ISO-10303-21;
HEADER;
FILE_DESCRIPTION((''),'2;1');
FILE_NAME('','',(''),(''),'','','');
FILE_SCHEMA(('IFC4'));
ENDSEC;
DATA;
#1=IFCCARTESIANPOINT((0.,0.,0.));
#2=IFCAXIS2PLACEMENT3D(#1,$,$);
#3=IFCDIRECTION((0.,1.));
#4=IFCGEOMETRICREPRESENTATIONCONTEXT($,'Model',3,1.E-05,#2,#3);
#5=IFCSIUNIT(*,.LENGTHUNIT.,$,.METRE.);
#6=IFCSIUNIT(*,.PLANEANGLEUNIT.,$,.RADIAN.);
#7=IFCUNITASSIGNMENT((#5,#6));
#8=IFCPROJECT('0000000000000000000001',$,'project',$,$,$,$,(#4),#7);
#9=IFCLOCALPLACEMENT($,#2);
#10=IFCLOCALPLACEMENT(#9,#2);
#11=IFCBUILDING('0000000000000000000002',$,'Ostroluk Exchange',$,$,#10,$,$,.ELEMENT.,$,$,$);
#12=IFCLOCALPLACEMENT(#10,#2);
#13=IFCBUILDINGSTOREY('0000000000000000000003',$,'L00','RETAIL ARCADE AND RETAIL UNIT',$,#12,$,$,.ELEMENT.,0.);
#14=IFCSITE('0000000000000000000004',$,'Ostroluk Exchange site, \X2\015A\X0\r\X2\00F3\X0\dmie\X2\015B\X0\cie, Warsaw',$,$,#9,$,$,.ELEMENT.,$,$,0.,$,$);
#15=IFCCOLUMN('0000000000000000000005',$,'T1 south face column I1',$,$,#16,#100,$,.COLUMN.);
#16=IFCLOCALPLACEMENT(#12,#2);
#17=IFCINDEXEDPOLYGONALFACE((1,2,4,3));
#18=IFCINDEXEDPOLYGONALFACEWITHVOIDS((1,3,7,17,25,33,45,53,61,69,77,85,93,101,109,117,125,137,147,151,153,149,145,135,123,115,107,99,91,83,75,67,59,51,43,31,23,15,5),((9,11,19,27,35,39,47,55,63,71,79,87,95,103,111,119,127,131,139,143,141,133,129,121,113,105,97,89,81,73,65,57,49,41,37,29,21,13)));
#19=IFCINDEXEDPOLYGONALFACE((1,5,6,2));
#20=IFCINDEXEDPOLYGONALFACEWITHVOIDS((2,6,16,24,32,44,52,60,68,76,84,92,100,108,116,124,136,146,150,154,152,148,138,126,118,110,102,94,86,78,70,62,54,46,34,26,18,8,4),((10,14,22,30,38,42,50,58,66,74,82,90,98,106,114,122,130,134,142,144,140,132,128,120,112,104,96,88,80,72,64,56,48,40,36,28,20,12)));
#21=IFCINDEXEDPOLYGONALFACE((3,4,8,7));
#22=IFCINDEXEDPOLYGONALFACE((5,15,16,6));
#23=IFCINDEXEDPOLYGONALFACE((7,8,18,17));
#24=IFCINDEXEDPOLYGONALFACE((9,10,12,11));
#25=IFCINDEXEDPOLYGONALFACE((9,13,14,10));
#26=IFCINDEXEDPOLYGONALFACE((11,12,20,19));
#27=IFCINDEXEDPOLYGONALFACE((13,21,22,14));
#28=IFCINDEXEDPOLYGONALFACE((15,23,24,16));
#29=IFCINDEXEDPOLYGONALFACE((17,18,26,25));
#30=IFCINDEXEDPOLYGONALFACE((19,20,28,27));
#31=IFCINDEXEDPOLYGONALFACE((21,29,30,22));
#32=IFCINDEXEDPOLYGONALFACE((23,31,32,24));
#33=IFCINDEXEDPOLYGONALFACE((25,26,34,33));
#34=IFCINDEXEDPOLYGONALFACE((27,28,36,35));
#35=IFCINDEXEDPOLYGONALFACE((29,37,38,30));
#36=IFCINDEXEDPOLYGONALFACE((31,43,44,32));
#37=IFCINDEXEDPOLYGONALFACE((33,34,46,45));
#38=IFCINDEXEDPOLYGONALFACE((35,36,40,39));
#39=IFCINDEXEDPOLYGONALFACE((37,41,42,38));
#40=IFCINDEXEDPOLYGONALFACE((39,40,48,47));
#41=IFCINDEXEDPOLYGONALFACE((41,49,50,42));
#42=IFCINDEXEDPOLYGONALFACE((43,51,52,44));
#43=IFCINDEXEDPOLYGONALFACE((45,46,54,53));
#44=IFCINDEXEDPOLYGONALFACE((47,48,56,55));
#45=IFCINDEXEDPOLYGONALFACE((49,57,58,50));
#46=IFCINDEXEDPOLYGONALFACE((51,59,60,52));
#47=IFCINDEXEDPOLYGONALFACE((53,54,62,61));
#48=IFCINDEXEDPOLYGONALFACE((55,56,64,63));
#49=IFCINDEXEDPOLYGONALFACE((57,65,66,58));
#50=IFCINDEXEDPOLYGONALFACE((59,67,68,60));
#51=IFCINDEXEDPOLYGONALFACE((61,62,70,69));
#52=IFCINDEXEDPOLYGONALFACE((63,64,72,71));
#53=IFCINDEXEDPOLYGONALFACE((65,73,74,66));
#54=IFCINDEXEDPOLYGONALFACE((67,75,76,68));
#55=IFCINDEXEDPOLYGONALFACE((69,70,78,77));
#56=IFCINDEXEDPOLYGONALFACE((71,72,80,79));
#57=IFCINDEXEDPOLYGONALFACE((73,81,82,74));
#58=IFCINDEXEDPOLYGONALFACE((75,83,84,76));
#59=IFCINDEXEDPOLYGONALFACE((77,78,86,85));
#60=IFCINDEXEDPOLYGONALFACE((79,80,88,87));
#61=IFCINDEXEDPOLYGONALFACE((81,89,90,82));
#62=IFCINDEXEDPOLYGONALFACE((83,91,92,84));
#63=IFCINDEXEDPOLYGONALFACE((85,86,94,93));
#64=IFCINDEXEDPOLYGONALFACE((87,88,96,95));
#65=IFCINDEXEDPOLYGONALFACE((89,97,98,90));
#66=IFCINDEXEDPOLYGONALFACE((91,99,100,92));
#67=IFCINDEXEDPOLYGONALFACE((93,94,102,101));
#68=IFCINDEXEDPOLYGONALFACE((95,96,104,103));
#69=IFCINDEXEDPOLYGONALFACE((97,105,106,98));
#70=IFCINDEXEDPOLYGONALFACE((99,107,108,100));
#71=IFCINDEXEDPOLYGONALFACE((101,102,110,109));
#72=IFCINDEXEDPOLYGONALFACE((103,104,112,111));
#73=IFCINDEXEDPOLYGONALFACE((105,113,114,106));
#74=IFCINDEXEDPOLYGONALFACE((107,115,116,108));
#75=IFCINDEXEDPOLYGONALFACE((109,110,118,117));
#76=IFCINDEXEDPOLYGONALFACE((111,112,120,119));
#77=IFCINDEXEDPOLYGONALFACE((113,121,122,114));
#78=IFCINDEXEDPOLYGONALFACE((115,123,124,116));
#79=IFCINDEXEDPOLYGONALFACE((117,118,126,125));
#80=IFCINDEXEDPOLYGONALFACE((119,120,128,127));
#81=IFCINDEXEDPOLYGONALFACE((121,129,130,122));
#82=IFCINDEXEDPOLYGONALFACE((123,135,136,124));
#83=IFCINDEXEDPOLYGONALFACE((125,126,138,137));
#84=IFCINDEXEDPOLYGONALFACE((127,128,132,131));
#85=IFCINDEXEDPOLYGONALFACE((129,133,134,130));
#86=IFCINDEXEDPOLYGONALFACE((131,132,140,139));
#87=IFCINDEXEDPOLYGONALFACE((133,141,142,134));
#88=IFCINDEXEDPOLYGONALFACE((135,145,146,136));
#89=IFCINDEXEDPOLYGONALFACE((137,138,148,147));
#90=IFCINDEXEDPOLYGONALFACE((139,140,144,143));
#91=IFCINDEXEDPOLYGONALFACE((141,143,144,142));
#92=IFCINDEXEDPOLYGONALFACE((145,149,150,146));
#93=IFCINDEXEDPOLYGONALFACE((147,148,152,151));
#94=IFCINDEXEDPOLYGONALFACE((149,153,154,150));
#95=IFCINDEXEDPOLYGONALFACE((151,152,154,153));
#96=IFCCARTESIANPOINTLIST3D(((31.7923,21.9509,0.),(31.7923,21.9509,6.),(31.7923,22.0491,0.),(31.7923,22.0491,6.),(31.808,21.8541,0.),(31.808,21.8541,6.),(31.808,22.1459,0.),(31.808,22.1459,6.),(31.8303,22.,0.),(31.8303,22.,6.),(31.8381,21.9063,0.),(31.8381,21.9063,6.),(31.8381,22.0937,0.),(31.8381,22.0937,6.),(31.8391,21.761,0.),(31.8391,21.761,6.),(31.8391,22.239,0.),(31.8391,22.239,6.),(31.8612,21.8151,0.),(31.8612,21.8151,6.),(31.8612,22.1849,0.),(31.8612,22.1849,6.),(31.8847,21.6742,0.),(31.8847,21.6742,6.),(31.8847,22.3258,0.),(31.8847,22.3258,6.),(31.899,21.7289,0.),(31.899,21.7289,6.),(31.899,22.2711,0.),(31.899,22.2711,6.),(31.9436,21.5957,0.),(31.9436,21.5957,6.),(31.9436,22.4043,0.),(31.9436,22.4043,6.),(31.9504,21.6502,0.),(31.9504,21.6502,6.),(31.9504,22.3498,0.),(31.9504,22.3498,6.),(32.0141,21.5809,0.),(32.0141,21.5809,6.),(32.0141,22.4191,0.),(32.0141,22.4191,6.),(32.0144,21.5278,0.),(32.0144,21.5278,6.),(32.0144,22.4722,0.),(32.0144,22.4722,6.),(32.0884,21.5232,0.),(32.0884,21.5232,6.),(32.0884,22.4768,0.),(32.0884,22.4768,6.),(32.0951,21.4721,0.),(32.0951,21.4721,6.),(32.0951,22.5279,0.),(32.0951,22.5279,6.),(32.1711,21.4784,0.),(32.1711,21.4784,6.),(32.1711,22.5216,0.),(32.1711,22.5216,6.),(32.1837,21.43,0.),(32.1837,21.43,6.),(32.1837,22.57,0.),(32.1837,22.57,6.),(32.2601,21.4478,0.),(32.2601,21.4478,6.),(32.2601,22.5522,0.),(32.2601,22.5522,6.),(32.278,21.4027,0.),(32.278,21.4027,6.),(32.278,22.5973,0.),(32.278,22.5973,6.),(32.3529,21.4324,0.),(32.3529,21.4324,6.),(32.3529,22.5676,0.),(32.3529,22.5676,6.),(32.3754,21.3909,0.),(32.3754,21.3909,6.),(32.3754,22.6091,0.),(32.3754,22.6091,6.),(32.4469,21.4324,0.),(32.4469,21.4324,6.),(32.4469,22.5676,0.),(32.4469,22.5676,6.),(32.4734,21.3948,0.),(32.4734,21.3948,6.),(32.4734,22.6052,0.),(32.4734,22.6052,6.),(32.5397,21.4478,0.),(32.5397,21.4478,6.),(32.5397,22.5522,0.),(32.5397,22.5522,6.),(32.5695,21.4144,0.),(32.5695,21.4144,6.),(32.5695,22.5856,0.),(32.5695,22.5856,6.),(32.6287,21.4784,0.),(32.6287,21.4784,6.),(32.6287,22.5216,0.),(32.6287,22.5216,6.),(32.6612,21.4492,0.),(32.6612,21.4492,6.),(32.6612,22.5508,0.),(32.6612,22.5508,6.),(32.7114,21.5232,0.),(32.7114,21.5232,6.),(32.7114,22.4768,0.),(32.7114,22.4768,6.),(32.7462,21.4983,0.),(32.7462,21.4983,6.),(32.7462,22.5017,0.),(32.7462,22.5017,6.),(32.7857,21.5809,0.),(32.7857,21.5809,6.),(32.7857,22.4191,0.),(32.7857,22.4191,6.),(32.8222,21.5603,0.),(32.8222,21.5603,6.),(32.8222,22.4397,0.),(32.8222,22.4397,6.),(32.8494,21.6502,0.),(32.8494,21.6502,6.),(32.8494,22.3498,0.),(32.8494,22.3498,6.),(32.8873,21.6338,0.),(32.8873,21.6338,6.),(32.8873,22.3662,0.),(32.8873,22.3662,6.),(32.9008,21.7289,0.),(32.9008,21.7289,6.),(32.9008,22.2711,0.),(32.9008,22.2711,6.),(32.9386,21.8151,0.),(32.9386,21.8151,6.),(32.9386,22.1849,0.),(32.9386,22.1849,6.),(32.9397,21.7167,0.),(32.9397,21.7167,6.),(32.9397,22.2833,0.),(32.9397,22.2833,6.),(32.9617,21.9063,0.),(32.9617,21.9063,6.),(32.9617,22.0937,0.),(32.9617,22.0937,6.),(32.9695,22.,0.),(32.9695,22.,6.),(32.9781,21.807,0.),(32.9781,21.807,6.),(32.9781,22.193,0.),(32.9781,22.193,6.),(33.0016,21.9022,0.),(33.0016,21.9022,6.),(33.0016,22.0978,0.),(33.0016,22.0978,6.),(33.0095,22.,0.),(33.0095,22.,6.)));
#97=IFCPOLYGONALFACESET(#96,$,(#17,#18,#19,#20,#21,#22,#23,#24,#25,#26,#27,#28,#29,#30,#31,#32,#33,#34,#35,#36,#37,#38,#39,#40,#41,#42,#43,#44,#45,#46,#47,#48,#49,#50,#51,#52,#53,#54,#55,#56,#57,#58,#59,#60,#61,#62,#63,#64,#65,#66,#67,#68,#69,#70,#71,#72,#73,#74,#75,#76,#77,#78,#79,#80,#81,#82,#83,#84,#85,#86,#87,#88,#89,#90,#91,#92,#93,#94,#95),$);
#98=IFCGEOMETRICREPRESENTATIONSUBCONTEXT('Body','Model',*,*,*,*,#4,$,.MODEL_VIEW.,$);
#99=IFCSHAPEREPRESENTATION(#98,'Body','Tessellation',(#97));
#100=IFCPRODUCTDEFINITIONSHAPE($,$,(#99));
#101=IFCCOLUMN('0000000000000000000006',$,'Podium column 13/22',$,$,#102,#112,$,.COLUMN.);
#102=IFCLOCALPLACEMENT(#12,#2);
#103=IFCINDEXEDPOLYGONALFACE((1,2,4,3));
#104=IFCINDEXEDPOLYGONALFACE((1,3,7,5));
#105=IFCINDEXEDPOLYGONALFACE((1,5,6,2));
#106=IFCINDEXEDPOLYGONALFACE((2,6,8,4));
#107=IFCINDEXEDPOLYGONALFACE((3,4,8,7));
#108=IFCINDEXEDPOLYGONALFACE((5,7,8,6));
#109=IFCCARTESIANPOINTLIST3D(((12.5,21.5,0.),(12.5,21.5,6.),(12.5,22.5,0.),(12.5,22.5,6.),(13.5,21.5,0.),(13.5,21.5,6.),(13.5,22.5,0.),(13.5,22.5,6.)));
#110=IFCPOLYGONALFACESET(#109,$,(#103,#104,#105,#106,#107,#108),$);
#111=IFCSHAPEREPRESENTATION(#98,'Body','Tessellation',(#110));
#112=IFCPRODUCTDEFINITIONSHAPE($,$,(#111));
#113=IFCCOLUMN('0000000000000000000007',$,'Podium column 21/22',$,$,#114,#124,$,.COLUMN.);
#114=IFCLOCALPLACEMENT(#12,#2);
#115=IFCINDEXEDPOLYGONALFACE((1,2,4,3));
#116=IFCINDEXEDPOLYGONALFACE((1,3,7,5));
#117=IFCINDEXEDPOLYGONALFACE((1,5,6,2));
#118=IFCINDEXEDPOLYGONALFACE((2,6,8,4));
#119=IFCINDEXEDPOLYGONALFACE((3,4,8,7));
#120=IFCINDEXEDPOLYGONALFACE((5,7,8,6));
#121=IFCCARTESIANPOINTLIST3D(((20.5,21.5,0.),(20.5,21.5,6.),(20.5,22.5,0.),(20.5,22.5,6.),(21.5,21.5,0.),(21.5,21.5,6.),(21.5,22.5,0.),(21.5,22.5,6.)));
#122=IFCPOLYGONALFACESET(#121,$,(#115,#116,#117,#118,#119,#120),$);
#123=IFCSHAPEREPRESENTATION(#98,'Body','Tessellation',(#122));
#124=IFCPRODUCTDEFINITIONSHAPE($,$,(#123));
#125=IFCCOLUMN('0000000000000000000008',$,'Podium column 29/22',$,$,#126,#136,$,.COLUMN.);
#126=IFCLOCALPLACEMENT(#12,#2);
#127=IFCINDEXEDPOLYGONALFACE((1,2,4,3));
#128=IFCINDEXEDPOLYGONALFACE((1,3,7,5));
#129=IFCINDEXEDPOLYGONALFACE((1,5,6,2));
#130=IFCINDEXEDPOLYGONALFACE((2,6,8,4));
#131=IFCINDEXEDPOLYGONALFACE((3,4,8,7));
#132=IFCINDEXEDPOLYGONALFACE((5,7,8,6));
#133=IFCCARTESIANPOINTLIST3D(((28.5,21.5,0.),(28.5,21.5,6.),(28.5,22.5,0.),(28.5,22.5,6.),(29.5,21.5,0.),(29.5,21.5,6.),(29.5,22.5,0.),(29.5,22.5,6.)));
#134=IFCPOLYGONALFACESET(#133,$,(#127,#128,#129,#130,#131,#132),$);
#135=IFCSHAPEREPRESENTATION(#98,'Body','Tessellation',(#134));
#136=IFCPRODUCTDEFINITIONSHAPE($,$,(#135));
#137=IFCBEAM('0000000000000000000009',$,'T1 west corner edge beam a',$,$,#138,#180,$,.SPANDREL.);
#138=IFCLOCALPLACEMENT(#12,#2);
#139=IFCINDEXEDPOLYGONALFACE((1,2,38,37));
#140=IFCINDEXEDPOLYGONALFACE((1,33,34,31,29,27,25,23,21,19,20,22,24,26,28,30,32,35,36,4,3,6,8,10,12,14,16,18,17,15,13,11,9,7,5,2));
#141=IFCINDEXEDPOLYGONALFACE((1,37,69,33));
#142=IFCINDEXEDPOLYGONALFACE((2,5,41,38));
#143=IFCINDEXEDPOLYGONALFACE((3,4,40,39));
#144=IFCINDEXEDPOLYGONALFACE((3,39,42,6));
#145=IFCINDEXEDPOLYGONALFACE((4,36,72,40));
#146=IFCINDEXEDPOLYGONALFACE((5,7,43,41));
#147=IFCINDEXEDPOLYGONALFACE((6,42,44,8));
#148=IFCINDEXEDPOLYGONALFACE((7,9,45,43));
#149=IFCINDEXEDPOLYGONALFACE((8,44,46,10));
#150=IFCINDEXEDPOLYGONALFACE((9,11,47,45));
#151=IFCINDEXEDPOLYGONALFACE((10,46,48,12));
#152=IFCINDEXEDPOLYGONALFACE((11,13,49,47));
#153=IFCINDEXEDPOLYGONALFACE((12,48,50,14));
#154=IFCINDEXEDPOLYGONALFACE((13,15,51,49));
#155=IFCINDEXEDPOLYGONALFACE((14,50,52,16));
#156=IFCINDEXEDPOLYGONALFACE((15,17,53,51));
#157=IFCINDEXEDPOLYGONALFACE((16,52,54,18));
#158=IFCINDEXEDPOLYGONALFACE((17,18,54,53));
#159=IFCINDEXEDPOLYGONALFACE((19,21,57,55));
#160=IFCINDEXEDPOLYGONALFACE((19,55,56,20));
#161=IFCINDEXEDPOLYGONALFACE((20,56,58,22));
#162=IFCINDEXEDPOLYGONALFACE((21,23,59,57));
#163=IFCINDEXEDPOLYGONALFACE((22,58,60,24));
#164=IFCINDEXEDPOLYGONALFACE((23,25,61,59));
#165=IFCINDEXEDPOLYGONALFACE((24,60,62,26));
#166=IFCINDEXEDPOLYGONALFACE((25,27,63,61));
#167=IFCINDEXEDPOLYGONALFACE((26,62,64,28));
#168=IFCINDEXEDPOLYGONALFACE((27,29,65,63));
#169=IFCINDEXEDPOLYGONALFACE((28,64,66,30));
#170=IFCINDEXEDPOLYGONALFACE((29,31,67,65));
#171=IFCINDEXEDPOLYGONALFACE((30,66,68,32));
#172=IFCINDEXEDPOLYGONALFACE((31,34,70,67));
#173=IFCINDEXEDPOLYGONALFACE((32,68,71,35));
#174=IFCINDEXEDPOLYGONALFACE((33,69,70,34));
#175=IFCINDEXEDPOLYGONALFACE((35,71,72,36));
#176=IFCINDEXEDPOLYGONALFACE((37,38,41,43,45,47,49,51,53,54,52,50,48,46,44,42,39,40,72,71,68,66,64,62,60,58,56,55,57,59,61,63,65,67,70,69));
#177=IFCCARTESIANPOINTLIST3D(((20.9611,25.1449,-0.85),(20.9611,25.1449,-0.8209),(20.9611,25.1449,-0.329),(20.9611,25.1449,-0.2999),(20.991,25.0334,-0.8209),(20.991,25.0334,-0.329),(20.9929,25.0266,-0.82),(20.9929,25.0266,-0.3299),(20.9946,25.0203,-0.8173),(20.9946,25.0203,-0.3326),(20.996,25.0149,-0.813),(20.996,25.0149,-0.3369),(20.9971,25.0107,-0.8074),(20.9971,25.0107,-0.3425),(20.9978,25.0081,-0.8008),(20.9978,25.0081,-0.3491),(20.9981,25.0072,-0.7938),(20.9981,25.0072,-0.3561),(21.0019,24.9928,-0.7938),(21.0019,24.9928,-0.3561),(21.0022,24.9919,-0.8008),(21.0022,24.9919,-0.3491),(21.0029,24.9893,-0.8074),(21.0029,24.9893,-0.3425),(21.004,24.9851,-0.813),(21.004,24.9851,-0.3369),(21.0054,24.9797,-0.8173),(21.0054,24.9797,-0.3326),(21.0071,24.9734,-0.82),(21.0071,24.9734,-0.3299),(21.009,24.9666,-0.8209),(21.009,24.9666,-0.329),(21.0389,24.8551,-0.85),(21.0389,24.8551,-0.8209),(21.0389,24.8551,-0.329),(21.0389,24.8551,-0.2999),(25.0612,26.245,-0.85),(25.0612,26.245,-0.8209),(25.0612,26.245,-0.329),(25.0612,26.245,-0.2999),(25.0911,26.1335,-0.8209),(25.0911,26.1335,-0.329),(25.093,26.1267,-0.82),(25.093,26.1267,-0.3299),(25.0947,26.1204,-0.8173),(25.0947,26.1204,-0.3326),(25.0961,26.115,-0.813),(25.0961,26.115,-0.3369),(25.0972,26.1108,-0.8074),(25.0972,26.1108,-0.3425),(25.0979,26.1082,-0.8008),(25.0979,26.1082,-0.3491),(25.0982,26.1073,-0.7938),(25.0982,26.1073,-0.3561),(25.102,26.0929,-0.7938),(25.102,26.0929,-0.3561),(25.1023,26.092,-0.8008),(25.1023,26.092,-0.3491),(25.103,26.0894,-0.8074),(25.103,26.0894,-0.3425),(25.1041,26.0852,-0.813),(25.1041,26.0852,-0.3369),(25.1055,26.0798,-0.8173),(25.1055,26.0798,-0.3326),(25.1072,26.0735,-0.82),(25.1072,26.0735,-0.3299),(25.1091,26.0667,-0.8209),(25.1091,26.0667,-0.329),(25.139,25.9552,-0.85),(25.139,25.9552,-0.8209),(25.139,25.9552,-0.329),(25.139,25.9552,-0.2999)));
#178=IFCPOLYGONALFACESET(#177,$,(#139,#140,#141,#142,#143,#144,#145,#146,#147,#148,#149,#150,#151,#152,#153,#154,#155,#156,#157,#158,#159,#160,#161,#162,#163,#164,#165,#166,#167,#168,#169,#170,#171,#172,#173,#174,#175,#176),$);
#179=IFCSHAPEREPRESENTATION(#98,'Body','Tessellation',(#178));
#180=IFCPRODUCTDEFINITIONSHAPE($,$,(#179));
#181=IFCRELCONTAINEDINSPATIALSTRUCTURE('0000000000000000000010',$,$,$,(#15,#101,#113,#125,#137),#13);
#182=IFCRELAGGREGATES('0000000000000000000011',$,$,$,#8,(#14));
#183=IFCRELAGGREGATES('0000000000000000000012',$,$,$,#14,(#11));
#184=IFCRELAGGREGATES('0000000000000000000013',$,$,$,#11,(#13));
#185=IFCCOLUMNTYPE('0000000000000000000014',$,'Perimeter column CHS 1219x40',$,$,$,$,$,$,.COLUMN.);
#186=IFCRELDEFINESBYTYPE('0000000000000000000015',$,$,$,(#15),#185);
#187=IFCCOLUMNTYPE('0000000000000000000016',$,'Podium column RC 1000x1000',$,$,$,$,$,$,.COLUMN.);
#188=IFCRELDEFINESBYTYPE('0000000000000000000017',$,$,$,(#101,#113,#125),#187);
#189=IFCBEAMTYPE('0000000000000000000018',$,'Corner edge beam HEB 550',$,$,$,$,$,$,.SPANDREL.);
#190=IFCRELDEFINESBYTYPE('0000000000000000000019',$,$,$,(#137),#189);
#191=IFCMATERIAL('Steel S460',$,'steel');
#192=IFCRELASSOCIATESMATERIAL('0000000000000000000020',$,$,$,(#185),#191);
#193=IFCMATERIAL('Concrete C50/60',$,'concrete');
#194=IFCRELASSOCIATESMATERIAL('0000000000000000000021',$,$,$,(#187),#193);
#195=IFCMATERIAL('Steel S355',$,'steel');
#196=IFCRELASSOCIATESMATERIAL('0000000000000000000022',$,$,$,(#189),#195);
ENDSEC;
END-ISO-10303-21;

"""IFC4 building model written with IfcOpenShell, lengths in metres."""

from ifc_helpers import new_model, si_unit, direction, frame, origin, origin_2d, place, context, subcontext, project, spatial, rectangle, hollow_circle, i_section, extrude, material, material_profile, profile_set, type_object, element, save


model = new_model("IFC4")

# Units and contexts
model_context = context("Model", 3, precision=1e-05, world=origin(), true_north=direction((0.0, 1.0)))
body_context = subcontext(model_context, "Body", "Model", "MODEL_VIEW")
ifc_project = project(units=[si_unit("LENGTHUNIT", "METRE"), si_unit("PLANEANGLEUNIT", "RADIAN")], contexts=[model_context])

# Site, building, storey
site_placement = place(None, origin())
site = spatial("IfcSite", under=ifc_project, at=site_placement, Name="Ostroluk Exchange site, Śródmieście, Warsaw", CompositionType="ELEMENT", RefElevation=0.0)
building_placement = place(site_placement, origin())
building = spatial("IfcBuilding", under=site, at=building_placement, Name="Ostroluk Exchange", CompositionType="ELEMENT")
storey_placement = place(building_placement, origin())
storey = spatial("IfcBuildingStorey", under=building, at=storey_placement, Name="L00", Description="RETAIL ARCADE AND RETAIL UNIT", CompositionType="ELEMENT", Elevation=0.0)

# Columns
ifc_material_1 = material(Name="Steel S460", Category="steel")
ifc_material_profile_1 = material_profile(ifc_material_1, hollow_circle(Radius=0.6096, WallThickness=0.04, at=origin_2d()), Name="CHS 1219x40")
ifc_profile_set_1 = profile_set([ifc_material_profile_1], Name="Steel S460")
column_type_1 = type_object("IfcColumnType", Name="Perimeter column CHS 1219x40", PredefinedType="COLUMN", material=ifc_profile_set_1)
for number, where, z_axis, x_axis, name in (
    (1, (32.3999, 22.0, 0.0), (0.0, 0.0, 1.0), (1.0, 0.0, 0.0), "T1 south face column I1"),
):
    element("IfcColumn", number, at=place(storey_placement, frame(where, z_axis=z_axis, x_axis=x_axis)), inside=storey, type_object=column_type_1, Name=name, PredefinedType="COLUMN", context=body_context, shape_type="SweptSolid", body=[
        extrude(hollow_circle(Radius=0.6096, WallThickness=0.04, at=origin_2d()), origin(), (0.0, 0.0, 1.0), 6.0),
    ])
ifc_material_2 = material(Name="Concrete C50/60", Category="concrete")
ifc_material_profile_2 = material_profile(ifc_material_2, rectangle(XDim=1.0, YDim=1.0, at=origin_2d()), Name="RC 1000x1000")
ifc_profile_set_2 = profile_set([ifc_material_profile_2], Name="Concrete C50/60")
column_type_2 = type_object("IfcColumnType", Name="Podium column RC 1000x1000", PredefinedType="COLUMN", material=ifc_profile_set_2)
for number, where, z_axis, x_axis, name in (
    (2, (13.0, 22.0, 0.0), (0.0, 0.0, 1.0), (1.0, 0.0, 0.0), "Podium column 13/22"),
    (3, (21.0, 22.0, 0.0), (0.0, 0.0, 1.0), (1.0, 0.0, 0.0), "Podium column 21/22"),
    (4, (29.0, 22.0, 0.0), (0.0, 0.0, 1.0), (1.0, 0.0, 0.0), "Podium column 29/22"),
):
    element("IfcColumn", number, at=place(storey_placement, frame(where, z_axis=z_axis, x_axis=x_axis)), inside=storey, type_object=column_type_2, Name=name, PredefinedType="COLUMN", context=body_context, shape_type="SweptSolid", body=[
        extrude(rectangle(XDim=1.0, YDim=1.0, at=origin_2d()), origin(), (0.0, 0.0, 1.0), 6.0),
    ])

# Beam
ifc_material_3 = material(Name="Steel S355", Category="steel")
ifc_material_profile_3 = material_profile(ifc_material_3, i_section(OverallWidth=0.3, OverallDepth=0.55, WebThickness=0.0149, FlangeThickness=0.0291, FilletRadius=0.0271, at=origin_2d()), Name="HEB 550")
ifc_profile_set_3 = profile_set([ifc_material_profile_3], Name="Steel S355")
beam_type_1 = type_object("IfcBeamType", Name="Corner edge beam HEB 550", PredefinedType="SPANDREL", material=ifc_profile_set_3)
for number, where, z_axis, x_axis, name in (
    (5, (25.1001, 26.1001, -0.575), (-0.965839, -0.259144, 0.0), (0.259144, -0.965839, 0.0), "T1 west corner edge beam a"),
):
    element("IfcBeam", number, at=place(storey_placement, frame(where, z_axis=z_axis, x_axis=x_axis)), inside=storey, type_object=beam_type_1, Name=name, PredefinedType="SPANDREL", context=body_context, shape_type="SweptSolid", body=[
        extrude(i_section(OverallWidth=0.3, OverallDepth=0.55, WebThickness=0.0149, FlangeThickness=0.0291, FilletRadius=0.0271, at=origin_2d()), origin(), (0.0, 0.0, 1.0), 4.2451),
    ])

save(model, "model.ifc")
